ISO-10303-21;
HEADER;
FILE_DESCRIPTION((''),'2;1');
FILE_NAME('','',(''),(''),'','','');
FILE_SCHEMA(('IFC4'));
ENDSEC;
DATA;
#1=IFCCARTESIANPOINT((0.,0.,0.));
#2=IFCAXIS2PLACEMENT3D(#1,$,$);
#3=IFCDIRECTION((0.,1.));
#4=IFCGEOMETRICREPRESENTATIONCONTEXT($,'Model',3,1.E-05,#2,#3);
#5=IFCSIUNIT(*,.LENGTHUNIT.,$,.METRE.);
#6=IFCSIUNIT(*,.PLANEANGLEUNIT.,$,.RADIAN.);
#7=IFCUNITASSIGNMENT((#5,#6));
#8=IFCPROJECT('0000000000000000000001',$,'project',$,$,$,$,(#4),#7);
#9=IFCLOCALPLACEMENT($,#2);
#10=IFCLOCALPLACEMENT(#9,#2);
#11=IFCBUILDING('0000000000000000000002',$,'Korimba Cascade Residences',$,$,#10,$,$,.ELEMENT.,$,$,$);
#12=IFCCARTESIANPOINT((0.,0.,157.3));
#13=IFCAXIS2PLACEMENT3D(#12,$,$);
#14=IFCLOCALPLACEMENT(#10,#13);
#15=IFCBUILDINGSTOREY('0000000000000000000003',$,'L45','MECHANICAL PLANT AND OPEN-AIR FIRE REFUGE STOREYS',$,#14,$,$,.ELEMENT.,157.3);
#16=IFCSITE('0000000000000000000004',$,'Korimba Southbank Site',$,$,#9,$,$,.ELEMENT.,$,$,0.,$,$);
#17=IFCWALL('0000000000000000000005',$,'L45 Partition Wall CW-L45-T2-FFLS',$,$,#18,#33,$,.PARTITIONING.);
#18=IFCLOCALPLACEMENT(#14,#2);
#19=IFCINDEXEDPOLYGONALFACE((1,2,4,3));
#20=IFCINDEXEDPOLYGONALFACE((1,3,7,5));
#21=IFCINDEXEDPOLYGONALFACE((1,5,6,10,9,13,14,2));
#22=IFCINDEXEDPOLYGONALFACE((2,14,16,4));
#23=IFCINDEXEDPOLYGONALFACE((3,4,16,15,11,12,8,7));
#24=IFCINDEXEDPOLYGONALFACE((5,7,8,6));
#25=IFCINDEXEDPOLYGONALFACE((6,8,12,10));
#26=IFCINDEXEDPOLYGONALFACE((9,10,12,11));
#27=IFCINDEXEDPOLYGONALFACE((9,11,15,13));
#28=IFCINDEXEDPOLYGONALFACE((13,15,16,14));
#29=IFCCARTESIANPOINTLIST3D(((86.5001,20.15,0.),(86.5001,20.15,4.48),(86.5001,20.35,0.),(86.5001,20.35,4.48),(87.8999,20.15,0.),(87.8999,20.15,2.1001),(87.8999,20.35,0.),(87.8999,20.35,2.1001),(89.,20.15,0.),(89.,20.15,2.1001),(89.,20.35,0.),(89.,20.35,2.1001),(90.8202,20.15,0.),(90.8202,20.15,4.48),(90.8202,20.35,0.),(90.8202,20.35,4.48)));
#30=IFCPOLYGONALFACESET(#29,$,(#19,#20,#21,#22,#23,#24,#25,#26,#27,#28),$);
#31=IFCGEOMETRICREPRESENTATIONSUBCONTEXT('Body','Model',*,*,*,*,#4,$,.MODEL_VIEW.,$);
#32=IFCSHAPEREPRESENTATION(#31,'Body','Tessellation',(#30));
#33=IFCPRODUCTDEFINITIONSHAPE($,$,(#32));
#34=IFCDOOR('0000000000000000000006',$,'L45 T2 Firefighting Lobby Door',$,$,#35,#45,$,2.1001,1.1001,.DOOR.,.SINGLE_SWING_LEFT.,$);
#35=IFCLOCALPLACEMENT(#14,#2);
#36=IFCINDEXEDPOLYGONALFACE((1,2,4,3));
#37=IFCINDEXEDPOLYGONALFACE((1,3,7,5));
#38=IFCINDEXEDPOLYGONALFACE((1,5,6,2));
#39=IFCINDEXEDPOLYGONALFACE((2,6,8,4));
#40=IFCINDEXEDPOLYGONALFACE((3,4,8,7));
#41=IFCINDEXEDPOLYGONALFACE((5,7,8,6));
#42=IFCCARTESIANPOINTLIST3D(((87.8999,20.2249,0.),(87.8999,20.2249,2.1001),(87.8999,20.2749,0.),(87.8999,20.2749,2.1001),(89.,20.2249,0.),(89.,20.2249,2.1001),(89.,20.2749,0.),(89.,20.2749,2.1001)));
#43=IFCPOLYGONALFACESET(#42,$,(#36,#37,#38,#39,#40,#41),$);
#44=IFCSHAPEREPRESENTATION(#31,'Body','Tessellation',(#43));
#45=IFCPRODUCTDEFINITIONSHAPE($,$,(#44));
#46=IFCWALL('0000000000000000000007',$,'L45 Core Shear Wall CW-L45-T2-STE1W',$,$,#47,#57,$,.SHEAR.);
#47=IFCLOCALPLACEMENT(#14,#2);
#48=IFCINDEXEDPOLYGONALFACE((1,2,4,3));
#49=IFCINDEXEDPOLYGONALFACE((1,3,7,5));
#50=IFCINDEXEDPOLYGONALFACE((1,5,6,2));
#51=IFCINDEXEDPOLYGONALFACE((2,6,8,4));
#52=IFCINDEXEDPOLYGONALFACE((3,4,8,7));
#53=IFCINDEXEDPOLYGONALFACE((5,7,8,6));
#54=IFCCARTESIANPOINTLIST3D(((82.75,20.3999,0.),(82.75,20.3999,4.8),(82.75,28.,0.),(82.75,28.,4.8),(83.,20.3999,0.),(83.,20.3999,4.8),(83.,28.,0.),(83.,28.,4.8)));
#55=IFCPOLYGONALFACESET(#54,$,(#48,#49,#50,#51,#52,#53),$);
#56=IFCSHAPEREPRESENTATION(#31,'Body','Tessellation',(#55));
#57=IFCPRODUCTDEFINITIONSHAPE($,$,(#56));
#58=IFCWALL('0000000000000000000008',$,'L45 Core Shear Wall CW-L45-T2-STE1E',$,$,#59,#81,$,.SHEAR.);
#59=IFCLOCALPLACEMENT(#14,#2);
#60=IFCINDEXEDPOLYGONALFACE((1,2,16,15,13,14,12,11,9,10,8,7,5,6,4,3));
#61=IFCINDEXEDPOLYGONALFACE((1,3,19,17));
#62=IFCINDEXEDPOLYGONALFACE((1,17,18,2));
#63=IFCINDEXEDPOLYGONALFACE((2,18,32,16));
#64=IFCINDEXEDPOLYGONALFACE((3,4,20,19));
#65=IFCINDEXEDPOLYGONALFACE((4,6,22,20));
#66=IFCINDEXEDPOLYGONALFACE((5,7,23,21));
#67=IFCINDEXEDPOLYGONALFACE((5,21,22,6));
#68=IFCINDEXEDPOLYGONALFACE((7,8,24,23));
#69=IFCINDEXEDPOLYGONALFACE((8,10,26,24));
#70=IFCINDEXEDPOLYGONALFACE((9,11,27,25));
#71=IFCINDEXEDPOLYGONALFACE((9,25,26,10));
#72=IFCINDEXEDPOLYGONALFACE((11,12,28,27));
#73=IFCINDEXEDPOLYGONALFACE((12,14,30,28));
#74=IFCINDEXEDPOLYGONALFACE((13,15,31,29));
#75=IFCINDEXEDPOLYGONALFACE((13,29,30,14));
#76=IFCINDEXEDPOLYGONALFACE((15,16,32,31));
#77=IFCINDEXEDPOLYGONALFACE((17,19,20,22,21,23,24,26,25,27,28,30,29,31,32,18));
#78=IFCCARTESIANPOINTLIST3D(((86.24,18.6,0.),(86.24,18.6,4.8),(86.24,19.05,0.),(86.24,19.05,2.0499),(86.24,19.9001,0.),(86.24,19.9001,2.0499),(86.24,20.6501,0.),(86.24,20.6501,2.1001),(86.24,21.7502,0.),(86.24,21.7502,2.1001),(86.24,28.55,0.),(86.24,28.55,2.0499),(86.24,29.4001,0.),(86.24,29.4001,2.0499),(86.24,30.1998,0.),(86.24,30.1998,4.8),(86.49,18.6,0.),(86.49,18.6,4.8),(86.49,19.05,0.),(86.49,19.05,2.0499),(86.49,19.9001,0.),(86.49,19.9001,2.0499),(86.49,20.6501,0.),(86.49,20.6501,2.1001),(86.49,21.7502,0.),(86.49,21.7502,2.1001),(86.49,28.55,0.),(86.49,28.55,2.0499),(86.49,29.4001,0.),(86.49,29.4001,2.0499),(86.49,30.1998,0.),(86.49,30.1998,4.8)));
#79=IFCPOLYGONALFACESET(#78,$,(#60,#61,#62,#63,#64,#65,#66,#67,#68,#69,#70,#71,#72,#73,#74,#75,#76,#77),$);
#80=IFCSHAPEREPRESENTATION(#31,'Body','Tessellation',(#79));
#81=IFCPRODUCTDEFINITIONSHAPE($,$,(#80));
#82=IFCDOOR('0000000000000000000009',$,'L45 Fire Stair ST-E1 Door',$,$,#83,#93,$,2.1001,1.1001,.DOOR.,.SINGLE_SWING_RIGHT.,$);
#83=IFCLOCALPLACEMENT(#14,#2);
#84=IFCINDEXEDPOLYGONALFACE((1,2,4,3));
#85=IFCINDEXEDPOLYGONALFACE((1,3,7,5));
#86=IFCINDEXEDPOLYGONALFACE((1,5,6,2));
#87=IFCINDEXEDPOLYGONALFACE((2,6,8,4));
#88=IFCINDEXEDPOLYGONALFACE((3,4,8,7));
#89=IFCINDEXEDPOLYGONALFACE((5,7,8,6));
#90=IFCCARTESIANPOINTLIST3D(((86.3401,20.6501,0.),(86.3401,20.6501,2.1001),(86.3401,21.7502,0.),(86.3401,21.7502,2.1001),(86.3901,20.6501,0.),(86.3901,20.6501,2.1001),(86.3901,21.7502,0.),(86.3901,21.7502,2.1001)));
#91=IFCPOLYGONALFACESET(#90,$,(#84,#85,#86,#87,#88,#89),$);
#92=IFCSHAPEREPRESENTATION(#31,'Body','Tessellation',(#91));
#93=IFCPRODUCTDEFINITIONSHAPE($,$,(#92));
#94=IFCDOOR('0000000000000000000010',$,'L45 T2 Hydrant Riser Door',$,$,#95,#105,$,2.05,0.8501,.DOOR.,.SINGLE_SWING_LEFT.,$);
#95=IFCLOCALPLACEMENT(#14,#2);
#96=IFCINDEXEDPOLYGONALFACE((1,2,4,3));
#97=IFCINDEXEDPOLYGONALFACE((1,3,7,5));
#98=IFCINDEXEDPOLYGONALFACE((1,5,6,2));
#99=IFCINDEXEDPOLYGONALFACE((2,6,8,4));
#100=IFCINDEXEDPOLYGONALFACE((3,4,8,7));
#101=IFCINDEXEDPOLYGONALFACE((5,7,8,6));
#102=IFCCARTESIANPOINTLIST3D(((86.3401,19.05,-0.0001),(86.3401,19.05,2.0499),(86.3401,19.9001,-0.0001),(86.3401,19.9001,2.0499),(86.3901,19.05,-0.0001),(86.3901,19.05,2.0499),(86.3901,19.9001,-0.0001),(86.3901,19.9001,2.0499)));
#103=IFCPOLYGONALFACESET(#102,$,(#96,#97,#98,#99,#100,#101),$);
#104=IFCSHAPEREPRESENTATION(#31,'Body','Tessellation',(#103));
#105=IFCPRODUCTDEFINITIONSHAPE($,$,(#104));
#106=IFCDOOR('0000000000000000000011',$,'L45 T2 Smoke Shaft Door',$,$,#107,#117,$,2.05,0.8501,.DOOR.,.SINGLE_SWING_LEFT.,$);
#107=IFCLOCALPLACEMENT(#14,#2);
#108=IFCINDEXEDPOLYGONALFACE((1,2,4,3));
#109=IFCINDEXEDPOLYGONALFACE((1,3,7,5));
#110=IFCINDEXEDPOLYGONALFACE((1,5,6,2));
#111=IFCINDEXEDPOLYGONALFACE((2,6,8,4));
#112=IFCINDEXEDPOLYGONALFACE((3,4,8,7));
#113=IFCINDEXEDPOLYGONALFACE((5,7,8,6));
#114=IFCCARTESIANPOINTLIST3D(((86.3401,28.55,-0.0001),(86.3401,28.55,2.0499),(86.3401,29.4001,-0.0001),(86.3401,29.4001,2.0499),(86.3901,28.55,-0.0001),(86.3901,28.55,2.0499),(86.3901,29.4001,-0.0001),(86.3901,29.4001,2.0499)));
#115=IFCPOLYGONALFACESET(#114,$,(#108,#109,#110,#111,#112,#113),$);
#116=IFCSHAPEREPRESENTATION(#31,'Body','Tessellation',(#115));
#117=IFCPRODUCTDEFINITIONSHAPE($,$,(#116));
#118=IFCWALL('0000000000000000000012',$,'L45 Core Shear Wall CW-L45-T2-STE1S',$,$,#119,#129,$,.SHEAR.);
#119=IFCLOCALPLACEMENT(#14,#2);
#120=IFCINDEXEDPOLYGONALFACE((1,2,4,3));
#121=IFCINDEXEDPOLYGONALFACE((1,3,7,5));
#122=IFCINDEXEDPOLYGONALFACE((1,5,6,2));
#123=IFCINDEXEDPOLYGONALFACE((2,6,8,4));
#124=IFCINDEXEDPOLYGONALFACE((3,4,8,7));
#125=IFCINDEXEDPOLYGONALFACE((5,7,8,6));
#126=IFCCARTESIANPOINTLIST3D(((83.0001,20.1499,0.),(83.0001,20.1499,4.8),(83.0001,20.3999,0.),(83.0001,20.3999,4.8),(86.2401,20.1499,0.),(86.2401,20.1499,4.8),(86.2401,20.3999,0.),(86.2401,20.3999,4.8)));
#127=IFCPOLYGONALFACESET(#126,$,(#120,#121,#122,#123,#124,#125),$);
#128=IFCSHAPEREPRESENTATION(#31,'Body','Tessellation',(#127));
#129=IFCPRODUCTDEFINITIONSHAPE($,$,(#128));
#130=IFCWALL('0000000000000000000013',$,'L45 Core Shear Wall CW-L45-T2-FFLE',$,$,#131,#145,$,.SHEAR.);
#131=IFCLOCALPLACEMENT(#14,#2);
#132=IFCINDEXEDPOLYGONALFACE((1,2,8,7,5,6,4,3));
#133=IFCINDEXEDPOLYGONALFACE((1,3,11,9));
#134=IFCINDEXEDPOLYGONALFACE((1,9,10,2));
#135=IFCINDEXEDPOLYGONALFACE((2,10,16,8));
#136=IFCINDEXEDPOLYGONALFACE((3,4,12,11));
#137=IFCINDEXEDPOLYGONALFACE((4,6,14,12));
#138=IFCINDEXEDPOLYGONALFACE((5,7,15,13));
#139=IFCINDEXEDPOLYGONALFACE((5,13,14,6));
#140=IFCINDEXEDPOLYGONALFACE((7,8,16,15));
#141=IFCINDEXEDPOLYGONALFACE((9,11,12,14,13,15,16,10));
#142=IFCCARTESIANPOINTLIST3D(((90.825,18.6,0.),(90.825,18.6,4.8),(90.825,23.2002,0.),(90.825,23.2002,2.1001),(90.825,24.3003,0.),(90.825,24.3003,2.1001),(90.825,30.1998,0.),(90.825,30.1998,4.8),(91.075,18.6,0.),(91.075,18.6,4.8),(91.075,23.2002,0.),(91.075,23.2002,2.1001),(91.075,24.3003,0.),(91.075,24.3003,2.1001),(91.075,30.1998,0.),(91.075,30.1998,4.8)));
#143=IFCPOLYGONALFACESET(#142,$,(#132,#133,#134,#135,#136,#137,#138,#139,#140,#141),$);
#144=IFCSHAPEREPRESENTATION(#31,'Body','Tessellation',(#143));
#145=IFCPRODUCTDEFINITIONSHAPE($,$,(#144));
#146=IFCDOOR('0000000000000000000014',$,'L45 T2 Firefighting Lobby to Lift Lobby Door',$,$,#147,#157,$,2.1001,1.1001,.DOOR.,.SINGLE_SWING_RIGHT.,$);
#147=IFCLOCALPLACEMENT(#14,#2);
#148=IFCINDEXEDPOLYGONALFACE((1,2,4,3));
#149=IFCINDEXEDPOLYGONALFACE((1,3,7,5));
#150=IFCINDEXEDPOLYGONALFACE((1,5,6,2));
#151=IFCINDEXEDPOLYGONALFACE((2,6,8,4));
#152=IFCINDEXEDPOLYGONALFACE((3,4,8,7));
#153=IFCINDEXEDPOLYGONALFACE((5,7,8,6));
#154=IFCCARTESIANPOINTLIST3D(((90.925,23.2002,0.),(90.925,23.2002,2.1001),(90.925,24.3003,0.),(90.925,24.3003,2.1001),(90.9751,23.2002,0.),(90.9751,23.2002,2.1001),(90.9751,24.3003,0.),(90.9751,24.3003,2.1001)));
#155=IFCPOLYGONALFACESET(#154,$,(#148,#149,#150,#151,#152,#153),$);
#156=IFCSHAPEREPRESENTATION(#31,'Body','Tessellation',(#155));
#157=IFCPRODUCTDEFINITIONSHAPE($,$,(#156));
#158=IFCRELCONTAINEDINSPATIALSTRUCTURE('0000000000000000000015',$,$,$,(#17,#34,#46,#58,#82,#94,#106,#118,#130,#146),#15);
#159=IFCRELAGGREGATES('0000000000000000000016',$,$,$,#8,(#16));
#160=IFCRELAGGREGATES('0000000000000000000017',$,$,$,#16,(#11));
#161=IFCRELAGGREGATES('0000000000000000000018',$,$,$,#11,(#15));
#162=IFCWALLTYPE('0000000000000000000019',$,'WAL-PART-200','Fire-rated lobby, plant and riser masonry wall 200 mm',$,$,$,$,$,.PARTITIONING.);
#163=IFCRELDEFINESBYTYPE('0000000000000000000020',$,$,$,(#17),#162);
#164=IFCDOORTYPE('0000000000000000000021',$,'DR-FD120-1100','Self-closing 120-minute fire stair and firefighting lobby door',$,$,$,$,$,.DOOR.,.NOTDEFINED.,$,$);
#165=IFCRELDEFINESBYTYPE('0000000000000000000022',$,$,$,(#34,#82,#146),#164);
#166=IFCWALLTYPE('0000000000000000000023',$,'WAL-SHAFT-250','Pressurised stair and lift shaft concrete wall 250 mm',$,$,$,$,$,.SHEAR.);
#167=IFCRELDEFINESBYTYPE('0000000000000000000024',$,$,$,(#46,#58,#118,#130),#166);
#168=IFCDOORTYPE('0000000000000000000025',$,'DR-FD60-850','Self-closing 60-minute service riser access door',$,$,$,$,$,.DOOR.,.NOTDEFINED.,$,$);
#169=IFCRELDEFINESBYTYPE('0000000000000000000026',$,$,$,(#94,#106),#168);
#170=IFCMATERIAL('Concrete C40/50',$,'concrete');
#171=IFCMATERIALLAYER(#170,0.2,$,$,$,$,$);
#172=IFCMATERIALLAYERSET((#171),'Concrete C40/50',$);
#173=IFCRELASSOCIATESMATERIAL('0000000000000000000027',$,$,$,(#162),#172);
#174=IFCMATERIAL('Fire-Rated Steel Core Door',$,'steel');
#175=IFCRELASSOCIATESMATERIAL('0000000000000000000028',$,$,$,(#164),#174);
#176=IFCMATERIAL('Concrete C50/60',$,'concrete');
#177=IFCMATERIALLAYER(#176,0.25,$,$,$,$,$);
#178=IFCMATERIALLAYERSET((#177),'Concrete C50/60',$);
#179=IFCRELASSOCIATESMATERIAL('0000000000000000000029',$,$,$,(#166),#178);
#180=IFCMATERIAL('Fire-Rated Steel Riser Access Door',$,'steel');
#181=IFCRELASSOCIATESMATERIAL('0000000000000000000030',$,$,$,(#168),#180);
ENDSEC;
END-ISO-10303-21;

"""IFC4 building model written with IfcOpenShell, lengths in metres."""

from ifc_helpers import new_model, si_unit, direction, frame, frame_2d, origin, place, context, subcontext, project, spatial, rectangle, extrude, material, layer, layer_set, type_object, element, fill, save


model = new_model("IFC4")

# Units and contexts
model_context = context("Model", 3, precision=1e-05, world=origin(), true_north=direction((0.0, 1.0)))
body_context = subcontext(model_context, "Body", "Model", "MODEL_VIEW")
ifc_project = project(units=[si_unit("LENGTHUNIT", "METRE"), si_unit("PLANEANGLEUNIT", "RADIAN")], contexts=[model_context])

# Site, building, storey
site_placement = place(None, origin())
site = spatial("IfcSite", under=ifc_project, at=site_placement, Name="Korimba Southbank Site", CompositionType="ELEMENT", RefElevation=0.0)
building_placement = place(site_placement, origin())
building = spatial("IfcBuilding", under=site, at=building_placement, Name="Korimba Cascade Residences", CompositionType="ELEMENT")
storey_placement = place(building_placement, frame((0.0, 0.0, 157.3)))
storey = spatial("IfcBuildingStorey", under=building, at=storey_placement, Name="L45", Description="MECHANICAL PLANT AND OPEN-AIR FIRE REFUGE STOREYS", CompositionType="ELEMENT", Elevation=157.3)

# Wall, opening, door
ifc_material_1 = material(Name="Concrete C40/50", Category="concrete")
ifc_layer_1 = layer(ifc_material_1, 0.2)
ifc_layer_set_1 = layer_set([ifc_layer_1], Name="Concrete C40/50")
wall_type_1 = type_object("IfcWallType", Name="WAL-PART-200", Description="Fire-rated lobby, plant and riser masonry wall 200 mm", PredefinedType="PARTITIONING", material=ifc_layer_set_1)
wall_1_placement = place(storey_placement, frame((86.5, 20.25, 0.0), z_axis=(0.0, 0.0, 1.0), x_axis=(1.0, 0.0, 0.0)))
wall_1 = element("IfcWall", 1, at=wall_1_placement, inside=storey, type_object=wall_type_1, Name="L45 Partition Wall CW-L45-T2-FFLS", PredefinedType="PARTITIONING", context=body_context, shape_type="SweptSolid", body=[
    extrude(rectangle(XDim=4.3201, YDim=0.2, at=frame_2d((2.1602, 0.0))), origin(), (0.0, 0.0, 1.0), 4.48),
])
opening_1_placement = place(wall_1_placement, frame((1.3999, 0.0, 0.0)))
opening_1 = element("IfcOpeningElement", 2, at=opening_1_placement, cuts=wall_1, PredefinedType="OPENING", context=body_context, shape_type="SweptSolid", body=[
    extrude(rectangle(XDim=1.1001, YDim=2.1001, at=frame_2d((0.55, 1.05))), frame((0.0, 0.1099, 0.0), z_axis=(0.0, -1.0, 0.0), x_axis=(1.0, 0.0, 0.0)), (0.0, 0.0, 1.0), 0.22),
])
ifc_material_2 = material(Name="Fire-Rated Steel Core Door", Category="steel")
door_type_1 = type_object("IfcDoorType", Name="DR-FD120-1100", Description="Self-closing 120-minute fire stair and firefighting lobby door", OperationType="NOTDEFINED", PredefinedType="DOOR", material=ifc_material_2)
door_1_placement = place(opening_1_placement, origin())
door_1 = element("IfcDoor", 3, at=door_1_placement, inside=storey, type_object=door_type_1, Name="L45 T2 Firefighting Lobby Door", OperationType="SINGLE_SWING_LEFT", OverallHeight=2.1001, OverallWidth=1.1001, PredefinedType="DOOR", context=body_context, shape_type="SweptSolid", body=[
    extrude(rectangle(XDim=1.1001, YDim=2.1001, at=frame_2d((0.55, 1.05))), frame((0.0, 0.0249, 0.0), z_axis=(0.0, -1.0, 0.0), x_axis=(1.0, 0.0, 0.0)), (0.0, 0.0, 1.0), 0.05),
])
fill(opening_1, door_1)

# Wall
ifc_material_3 = material(Name="Concrete C50/60", Category="concrete")
ifc_layer_2 = layer(ifc_material_3, 0.25)
ifc_layer_set_2 = layer_set([ifc_layer_2], Name="Concrete C50/60")
wall_type_2 = type_object("IfcWallType", Name="WAL-SHAFT-250", Description="Pressurised stair and lift shaft concrete wall 250 mm", PredefinedType="SHEAR", material=ifc_layer_set_2)
wall_2_placement = place(storey_placement, frame((82.875, 20.3999, 0.0), z_axis=(0.0, 0.0, 1.0), x_axis=(0.0, 1.0, 0.0)))
element("IfcWall", 4, at=wall_2_placement, inside=storey, type_object=wall_type_2, Name="L45 Core Shear Wall CW-L45-T2-STE1W", PredefinedType="SHEAR", context=body_context, shape_type="SweptSolid", body=[
    extrude(rectangle(XDim=7.6001, YDim=0.25, at=frame_2d((3.8, 0.0))), origin(), (0.0, 0.0, 1.0), 4.8),
])

# Wall, openings, doors
wall_3_placement = place(storey_placement, frame((86.365, 18.6001, 0.0), z_axis=(0.0, 0.0, 1.0), x_axis=(0.0, 1.0, 0.0)))
wall_3 = element("IfcWall", 5, at=wall_3_placement, inside=storey, type_object=wall_type_2, Name="L45 Core Shear Wall CW-L45-T2-STE1E", PredefinedType="SHEAR", context=body_context, shape_type="SweptSolid", body=[
    extrude(rectangle(XDim=11.5999, YDim=0.25, at=frame_2d((5.7998, 0.0))), origin(), (0.0, 0.0, 1.0), 4.8),
])
opening_2_placement = place(wall_3_placement, frame((0.45, 0.0, 0.0)))
opening_2 = element("IfcOpeningElement", 6, at=opening_2_placement, cuts=wall_3, PredefinedType="OPENING", context=body_context, shape_type="SweptSolid", body=[
    extrude(rectangle(XDim=0.8501, YDim=2.05, at=frame_2d((0.425, 1.0249))), frame((0.0, 0.135, 0.0), z_axis=(0.0, -1.0, 0.0), x_axis=(1.0, 0.0, 0.0)), (0.0, 0.0, 1.0), 0.27),
])
opening_3_placement = place(wall_3_placement, frame((2.05, 0.0, 0.0)))
opening_3 = element("IfcOpeningElement", 7, at=opening_3_placement, cuts=wall_3, PredefinedType="OPENING", context=body_context, shape_type="SweptSolid", body=[
    extrude(rectangle(XDim=1.1001, YDim=2.1001, at=frame_2d((0.55, 1.05))), frame((0.0, 0.135, 0.0), z_axis=(0.0, -1.0, 0.0), x_axis=(1.0, 0.0, 0.0)), (0.0, 0.0, 1.0), 0.27),
])
opening_4_placement = place(wall_3_placement, frame((9.95, 0.0, 0.0)))
opening_4 = element("IfcOpeningElement", 8, at=opening_4_placement, cuts=wall_3, PredefinedType="OPENING", context=body_context, shape_type="SweptSolid", body=[
    extrude(rectangle(XDim=0.8501, YDim=2.05, at=frame_2d((0.425, 1.0249))), frame((0.0, 0.135, 0.0), z_axis=(0.0, -1.0, 0.0), x_axis=(1.0, 0.0, 0.0)), (0.0, 0.0, 1.0), 0.27),
])
door_2_placement = place(opening_3_placement, origin())
door_2 = element("IfcDoor", 9, at=door_2_placement, inside=storey, type_object=door_type_1, Name="L45 Fire Stair ST-E1 Door", OperationType="SINGLE_SWING_RIGHT", OverallHeight=2.1001, OverallWidth=1.1001, PredefinedType="DOOR", context=body_context, shape_type="SweptSolid", body=[
    extrude(rectangle(XDim=1.1001, YDim=2.1001, at=frame_2d((0.55, 1.05))), frame((0.0, 0.0249, 0.0), z_axis=(0.0, -1.0, 0.0), x_axis=(1.0, 0.0, 0.0)), (0.0, 0.0, 1.0), 0.05),
])
fill(opening_3, door_2)
ifc_material_4 = material(Name="Fire-Rated Steel Riser Access Door", Category="steel")
door_type_2 = type_object("IfcDoorType", Name="DR-FD60-850", Description="Self-closing 60-minute service riser access door", OperationType="NOTDEFINED", PredefinedType="DOOR", material=ifc_material_4)
door_3_placement = place(opening_2_placement, origin())
door_3 = element("IfcDoor", 10, at=door_3_placement, inside=storey, type_object=door_type_2, Name="L45 T2 Hydrant Riser Door", OperationType="SINGLE_SWING_LEFT", OverallHeight=2.05, OverallWidth=0.8501, PredefinedType="DOOR", context=body_context, shape_type="SweptSolid", body=[
    extrude(rectangle(XDim=0.8501, YDim=2.05, at=frame_2d((0.425, 1.0249))), frame((0.0, 0.0249, 0.0), z_axis=(0.0, -1.0, 0.0), x_axis=(1.0, 0.0, 0.0)), (0.0, 0.0, 1.0), 0.05),
])
fill(opening_2, door_3)
door_4_placement = place(opening_4_placement, origin())
door_4 = element("IfcDoor", 11, at=door_4_placement, inside=storey, type_object=door_type_2, Name="L45 T2 Smoke Shaft Door", OperationType="SINGLE_SWING_LEFT", OverallHeight=2.05, OverallWidth=0.8501, PredefinedType="DOOR", context=body_context, shape_type="SweptSolid", body=[
    extrude(rectangle(XDim=0.8501, YDim=2.05, at=frame_2d((0.425, 1.0249))), frame((0.0, 0.0249, 0.0), z_axis=(0.0, -1.0, 0.0), x_axis=(1.0, 0.0, 0.0)), (0.0, 0.0, 1.0), 0.05),
])
fill(opening_4, door_4)

# Wall
wall_4_placement = place(storey_placement, frame((83.0, 20.2749, 0.0), z_axis=(0.0, 0.0, 1.0), x_axis=(1.0, 0.0, 0.0)))
element("IfcWall", 12, at=wall_4_placement, inside=storey, type_object=wall_type_2, Name="L45 Core Shear Wall CW-L45-T2-STE1S", PredefinedType="SHEAR", context=body_context, shape_type="SweptSolid", body=[
    extrude(rectangle(XDim=3.24, YDim=0.25, at=frame_2d((1.6201, 0.0))), origin(), (0.0, 0.0, 1.0), 4.8),
])

# Wall, opening, door
wall_5_placement = place(storey_placement, frame((90.95, 18.6001, 0.0), z_axis=(0.0, 0.0, 1.0), x_axis=(0.0, 1.0, 0.0)))
wall_5 = element("IfcWall", 13, at=wall_5_placement, inside=storey, type_object=wall_type_2, Name="L45 Core Shear Wall CW-L45-T2-FFLE", PredefinedType="SHEAR", context=body_context, shape_type="SweptSolid", body=[
    extrude(rectangle(XDim=11.5999, YDim=0.25, at=frame_2d((5.7998, 0.0))), origin(), (0.0, 0.0, 1.0), 4.8),
])
opening_5_placement = place(wall_5_placement, frame((4.6001, 0.0, 0.0)))
opening_5 = element("IfcOpeningElement", 14, at=opening_5_placement, cuts=wall_5, PredefinedType="OPENING", context=body_context, shape_type="SweptSolid", body=[
    extrude(rectangle(XDim=1.1001, YDim=2.1001, at=frame_2d((0.55, 1.05))), frame((0.0, 0.135, 0.0), z_axis=(0.0, -1.0, 0.0), x_axis=(1.0, 0.0, 0.0)), (0.0, 0.0, 1.0), 0.27),
])
door_5_placement = place(opening_5_placement, origin())
door_5 = element("IfcDoor", 15, at=door_5_placement, inside=storey, type_object=door_type_1, Name="L45 T2 Firefighting Lobby to Lift Lobby Door", OperationType="SINGLE_SWING_RIGHT", OverallHeight=2.1001, OverallWidth=1.1001, PredefinedType="DOOR", context=body_context, shape_type="SweptSolid", body=[
    extrude(rectangle(XDim=1.1001, YDim=2.1001, at=frame_2d((0.55, 1.05))), frame((0.0, 0.0249, 0.0), z_axis=(0.0, -1.0, 0.0), x_axis=(1.0, 0.0, 0.0)), (0.0, 0.0, 1.0), 0.05),
])
fill(opening_5, door_5)

save(model, "model.ifc")
